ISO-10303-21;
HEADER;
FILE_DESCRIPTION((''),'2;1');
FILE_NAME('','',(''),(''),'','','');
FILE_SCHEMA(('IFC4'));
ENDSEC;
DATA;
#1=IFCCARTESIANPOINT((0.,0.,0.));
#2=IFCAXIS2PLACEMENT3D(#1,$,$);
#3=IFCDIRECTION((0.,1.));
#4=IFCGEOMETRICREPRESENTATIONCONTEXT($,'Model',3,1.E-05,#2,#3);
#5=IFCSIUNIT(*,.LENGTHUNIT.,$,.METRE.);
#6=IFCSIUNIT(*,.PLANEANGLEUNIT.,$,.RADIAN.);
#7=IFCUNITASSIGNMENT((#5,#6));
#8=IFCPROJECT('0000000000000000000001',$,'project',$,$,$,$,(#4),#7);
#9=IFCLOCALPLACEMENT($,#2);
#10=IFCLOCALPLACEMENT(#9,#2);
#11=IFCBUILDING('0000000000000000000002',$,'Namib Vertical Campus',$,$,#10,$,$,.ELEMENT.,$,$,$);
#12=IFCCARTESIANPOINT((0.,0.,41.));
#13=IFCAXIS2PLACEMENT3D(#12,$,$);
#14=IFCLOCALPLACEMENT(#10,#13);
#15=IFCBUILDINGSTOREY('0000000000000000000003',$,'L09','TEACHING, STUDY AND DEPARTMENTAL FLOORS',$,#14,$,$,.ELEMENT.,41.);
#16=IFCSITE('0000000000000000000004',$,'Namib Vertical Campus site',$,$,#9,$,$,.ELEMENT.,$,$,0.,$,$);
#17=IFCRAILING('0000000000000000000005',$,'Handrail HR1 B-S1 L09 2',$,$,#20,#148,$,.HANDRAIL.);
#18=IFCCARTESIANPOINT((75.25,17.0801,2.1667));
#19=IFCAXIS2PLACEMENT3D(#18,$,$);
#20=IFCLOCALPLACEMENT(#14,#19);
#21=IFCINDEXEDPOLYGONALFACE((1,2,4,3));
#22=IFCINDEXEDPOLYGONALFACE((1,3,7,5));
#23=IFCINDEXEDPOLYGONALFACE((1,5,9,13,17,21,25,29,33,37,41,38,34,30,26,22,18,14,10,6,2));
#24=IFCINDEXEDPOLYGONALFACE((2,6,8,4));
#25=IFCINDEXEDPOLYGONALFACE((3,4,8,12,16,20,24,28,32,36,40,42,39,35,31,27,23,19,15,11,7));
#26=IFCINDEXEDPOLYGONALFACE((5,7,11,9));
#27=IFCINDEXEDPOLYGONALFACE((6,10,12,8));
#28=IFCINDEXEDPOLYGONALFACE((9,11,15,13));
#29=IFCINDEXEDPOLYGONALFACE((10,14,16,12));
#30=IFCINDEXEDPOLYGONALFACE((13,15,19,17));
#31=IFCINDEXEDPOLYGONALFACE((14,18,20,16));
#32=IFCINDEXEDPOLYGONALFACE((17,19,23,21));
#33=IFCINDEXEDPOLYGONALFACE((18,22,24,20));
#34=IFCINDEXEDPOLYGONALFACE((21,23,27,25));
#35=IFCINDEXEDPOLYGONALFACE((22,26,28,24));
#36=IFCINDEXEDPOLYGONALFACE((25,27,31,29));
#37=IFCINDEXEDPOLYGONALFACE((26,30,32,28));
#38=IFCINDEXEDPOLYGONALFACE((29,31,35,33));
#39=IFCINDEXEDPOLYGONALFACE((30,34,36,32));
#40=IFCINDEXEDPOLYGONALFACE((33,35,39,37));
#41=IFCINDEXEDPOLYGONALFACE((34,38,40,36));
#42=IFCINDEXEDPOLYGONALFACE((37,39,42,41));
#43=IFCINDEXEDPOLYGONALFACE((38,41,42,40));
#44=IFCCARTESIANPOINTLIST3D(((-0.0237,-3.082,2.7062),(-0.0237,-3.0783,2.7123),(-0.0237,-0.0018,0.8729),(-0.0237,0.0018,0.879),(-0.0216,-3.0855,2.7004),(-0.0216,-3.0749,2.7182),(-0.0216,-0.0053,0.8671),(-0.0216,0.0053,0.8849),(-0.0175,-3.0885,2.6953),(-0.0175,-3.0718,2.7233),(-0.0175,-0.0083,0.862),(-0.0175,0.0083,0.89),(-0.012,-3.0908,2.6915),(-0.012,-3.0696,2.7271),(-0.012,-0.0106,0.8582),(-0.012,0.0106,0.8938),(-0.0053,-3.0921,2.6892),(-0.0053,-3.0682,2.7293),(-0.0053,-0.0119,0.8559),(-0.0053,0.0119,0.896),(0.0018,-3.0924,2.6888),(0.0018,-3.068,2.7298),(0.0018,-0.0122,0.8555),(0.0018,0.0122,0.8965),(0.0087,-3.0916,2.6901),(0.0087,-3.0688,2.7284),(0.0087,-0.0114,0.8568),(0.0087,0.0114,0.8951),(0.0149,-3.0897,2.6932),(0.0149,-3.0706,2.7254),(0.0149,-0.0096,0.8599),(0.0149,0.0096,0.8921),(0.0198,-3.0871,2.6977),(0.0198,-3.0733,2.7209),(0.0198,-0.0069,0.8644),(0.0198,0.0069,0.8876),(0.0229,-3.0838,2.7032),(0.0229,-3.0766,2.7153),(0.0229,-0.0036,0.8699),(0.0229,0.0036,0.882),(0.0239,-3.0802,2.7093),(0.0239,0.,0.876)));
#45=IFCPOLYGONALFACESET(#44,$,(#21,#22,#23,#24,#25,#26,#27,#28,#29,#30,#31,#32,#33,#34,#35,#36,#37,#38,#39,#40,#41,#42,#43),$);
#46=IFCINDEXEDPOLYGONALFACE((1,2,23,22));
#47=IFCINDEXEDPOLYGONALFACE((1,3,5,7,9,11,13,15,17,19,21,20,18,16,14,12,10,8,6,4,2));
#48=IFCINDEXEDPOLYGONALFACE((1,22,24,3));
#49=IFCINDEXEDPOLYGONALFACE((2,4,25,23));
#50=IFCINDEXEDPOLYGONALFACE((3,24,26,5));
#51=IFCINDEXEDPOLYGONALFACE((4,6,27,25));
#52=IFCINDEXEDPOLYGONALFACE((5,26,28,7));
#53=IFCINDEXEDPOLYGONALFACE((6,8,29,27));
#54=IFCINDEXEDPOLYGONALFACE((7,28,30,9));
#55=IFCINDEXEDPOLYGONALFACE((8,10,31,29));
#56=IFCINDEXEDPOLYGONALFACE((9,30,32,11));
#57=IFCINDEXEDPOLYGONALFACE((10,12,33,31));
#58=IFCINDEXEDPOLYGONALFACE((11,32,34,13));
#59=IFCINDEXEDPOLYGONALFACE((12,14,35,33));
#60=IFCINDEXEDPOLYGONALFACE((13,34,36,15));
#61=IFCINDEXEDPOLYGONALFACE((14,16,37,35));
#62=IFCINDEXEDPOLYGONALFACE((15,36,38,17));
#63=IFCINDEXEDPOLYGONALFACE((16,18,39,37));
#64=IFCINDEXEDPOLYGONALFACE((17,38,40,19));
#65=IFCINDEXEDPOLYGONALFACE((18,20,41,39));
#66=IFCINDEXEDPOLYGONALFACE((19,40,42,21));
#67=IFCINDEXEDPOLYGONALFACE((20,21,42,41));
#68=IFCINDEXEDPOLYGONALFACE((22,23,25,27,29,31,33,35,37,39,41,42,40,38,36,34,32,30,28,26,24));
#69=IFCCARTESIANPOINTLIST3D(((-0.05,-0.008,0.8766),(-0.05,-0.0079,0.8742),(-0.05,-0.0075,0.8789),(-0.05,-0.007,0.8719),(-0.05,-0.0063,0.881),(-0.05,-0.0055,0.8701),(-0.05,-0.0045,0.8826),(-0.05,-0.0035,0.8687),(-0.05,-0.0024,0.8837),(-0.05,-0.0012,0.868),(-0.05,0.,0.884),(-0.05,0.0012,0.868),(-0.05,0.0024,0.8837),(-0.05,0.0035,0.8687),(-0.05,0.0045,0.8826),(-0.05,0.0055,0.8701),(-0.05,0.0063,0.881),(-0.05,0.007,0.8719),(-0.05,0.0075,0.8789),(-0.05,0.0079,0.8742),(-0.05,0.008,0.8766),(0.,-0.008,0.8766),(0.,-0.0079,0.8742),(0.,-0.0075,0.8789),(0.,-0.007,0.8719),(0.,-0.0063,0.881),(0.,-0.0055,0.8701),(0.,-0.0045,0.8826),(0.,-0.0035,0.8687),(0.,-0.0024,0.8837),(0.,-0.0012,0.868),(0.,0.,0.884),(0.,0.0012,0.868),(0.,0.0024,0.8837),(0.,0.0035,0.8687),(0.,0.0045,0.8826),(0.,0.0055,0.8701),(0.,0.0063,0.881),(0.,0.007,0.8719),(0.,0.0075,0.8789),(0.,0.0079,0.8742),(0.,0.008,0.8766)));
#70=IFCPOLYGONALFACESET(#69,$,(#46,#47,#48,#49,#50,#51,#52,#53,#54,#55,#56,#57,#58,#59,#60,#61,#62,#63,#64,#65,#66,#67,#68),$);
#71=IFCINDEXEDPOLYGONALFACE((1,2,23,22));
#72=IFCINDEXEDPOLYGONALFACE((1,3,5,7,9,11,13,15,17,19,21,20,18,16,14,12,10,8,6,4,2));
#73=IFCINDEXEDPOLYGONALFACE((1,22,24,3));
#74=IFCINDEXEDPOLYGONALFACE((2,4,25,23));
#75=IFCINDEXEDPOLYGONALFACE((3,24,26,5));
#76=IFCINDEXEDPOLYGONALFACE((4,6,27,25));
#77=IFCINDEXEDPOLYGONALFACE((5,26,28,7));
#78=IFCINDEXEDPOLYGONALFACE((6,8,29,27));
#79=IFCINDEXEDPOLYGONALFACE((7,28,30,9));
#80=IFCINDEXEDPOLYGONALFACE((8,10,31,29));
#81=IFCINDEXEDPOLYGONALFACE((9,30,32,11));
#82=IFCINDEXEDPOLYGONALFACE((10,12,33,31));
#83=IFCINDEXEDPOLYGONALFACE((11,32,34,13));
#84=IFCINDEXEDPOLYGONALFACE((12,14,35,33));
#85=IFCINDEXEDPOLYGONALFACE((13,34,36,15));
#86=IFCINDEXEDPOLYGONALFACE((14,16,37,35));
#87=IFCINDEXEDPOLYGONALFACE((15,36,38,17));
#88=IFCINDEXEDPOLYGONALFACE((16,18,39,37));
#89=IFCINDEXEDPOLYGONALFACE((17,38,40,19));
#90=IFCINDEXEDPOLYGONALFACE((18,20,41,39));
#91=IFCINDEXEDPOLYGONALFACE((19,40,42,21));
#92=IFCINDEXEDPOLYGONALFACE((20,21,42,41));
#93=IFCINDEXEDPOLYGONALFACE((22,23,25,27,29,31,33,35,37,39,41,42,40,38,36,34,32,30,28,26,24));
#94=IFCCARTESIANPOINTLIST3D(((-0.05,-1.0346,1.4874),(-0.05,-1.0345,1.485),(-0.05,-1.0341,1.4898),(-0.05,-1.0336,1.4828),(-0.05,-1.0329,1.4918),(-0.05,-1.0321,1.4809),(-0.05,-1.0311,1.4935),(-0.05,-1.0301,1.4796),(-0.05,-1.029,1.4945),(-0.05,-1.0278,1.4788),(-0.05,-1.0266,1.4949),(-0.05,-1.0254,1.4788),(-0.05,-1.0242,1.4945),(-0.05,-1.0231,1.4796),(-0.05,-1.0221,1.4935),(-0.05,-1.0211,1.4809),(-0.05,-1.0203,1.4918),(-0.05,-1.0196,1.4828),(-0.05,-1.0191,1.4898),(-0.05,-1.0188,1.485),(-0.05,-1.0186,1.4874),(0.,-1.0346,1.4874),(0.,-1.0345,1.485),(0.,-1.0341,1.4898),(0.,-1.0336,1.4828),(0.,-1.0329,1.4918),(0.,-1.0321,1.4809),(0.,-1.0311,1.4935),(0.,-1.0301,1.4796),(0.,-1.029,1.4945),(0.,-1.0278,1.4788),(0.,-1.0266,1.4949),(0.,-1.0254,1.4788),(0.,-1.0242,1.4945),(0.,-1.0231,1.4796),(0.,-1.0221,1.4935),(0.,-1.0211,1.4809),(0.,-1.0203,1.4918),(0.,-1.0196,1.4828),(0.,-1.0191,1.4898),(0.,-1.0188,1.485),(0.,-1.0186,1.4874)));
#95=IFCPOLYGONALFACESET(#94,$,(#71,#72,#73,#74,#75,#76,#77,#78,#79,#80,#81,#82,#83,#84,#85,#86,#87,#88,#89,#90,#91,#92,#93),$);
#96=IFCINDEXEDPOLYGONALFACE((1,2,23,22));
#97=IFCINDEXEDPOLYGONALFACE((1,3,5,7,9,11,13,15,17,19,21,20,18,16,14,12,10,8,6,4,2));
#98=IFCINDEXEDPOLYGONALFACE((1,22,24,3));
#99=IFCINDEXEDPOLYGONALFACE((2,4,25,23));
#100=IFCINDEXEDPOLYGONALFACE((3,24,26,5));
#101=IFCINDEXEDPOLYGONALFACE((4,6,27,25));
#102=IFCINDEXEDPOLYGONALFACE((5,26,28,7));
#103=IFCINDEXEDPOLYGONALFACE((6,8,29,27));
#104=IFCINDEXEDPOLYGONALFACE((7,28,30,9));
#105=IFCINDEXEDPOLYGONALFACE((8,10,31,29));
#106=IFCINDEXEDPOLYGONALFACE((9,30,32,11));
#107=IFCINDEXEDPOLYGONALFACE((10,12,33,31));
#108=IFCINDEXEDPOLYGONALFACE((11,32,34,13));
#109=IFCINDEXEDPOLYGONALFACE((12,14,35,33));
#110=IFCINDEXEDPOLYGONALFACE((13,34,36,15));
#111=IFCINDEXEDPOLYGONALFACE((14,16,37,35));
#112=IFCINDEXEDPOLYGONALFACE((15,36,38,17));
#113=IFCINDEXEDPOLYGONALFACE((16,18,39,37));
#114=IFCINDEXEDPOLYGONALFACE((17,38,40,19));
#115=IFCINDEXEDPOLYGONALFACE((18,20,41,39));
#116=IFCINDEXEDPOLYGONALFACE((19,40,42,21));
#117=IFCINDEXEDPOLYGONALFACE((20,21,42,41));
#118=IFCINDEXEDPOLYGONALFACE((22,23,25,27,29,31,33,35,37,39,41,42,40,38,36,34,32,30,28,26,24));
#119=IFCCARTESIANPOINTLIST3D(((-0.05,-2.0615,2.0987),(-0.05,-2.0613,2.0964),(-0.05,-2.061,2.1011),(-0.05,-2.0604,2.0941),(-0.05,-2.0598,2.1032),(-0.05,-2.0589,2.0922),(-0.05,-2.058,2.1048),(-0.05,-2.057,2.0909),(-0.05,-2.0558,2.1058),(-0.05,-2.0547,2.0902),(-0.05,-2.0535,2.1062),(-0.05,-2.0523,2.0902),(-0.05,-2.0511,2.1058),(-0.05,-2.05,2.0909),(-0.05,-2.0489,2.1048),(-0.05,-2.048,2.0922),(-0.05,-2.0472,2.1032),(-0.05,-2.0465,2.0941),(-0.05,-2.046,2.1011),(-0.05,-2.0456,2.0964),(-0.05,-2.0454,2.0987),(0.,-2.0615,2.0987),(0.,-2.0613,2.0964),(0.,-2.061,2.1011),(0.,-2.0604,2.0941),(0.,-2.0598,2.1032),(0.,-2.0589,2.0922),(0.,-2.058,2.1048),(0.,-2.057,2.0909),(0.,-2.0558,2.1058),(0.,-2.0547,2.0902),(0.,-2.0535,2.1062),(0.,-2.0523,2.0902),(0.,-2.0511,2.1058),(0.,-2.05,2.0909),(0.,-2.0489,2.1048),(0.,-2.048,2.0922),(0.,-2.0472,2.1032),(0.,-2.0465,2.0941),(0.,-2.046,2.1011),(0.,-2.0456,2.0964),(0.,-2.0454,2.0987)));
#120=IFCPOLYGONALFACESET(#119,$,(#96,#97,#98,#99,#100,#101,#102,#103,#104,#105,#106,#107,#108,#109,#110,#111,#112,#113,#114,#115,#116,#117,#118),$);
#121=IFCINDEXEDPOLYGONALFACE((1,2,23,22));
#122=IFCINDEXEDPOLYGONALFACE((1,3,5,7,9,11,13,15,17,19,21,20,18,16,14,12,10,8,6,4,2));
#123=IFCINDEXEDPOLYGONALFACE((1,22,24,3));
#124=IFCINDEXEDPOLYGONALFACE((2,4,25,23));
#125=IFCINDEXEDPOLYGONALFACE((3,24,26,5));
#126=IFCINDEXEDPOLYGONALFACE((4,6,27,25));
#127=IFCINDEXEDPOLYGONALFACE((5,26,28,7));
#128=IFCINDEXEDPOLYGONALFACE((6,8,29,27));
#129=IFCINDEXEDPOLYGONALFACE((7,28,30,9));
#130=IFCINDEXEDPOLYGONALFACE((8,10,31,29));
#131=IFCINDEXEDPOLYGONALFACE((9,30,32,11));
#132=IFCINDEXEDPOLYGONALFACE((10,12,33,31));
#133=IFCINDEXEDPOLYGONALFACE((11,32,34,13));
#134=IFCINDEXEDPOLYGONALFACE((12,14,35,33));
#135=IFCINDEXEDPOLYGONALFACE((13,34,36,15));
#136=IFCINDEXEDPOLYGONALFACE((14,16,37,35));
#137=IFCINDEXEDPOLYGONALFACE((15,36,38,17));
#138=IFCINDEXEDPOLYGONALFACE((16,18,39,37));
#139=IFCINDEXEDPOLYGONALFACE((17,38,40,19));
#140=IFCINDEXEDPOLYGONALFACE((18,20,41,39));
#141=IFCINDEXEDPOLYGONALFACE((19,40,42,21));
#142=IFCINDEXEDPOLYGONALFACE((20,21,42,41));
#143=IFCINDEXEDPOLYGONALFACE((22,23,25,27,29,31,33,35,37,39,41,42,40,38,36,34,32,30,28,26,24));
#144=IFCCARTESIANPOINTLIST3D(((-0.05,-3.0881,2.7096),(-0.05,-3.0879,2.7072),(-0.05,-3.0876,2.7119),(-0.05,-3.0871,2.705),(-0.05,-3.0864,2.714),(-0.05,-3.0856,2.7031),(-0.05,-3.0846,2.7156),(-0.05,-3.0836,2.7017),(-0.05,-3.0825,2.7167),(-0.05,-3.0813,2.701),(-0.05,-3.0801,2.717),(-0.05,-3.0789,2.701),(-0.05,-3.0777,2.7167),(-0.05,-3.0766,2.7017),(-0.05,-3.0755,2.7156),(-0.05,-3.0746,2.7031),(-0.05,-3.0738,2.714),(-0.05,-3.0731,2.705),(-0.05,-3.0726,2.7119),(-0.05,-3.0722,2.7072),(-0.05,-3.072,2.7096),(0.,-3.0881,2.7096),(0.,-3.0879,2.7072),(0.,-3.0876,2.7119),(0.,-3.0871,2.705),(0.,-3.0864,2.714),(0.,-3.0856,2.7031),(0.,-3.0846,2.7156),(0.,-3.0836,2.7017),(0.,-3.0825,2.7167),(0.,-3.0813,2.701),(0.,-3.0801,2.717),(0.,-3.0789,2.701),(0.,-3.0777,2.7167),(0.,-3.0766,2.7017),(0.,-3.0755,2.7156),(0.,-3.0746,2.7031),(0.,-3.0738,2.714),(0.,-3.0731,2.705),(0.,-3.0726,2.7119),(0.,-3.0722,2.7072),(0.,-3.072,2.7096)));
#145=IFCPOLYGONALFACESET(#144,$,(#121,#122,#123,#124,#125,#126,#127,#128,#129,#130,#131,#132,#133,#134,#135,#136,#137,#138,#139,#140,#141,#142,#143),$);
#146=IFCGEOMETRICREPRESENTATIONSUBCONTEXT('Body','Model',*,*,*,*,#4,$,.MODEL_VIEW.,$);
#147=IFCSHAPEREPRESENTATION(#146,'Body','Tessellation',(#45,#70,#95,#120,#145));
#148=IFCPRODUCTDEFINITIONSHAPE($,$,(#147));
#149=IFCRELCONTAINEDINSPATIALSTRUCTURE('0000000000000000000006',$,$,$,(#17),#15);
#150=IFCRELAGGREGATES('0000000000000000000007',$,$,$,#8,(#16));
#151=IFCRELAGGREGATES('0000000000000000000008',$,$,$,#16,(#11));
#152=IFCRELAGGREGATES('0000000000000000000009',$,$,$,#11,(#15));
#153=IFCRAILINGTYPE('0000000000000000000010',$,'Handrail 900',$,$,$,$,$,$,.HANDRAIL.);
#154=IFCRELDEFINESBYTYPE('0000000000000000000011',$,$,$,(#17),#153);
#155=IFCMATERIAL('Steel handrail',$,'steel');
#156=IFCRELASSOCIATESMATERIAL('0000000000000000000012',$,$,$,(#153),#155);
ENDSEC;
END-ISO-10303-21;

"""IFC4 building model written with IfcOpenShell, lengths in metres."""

from ifc_helpers import new_model, si_unit, direction, frame, origin, origin_2d, place, context, subcontext, project, spatial, circle, extrude, material, type_object, element, save


model = new_model("IFC4")

# Units and contexts
model_context = context("Model", 3, precision=1e-05, world=origin(), true_north=direction((0.0, 1.0)))
body_context = subcontext(model_context, "Body", "Model", "MODEL_VIEW")
ifc_project = project(units=[si_unit("LENGTHUNIT", "METRE"), si_unit("PLANEANGLEUNIT", "RADIAN")], contexts=[model_context])

# Site, building, storey
site_placement = place(None, origin())
site = spatial("IfcSite", under=ifc_project, at=site_placement, Name="Namib Vertical Campus site", CompositionType="ELEMENT", RefElevation=0.0)
building_placement = place(site_placement, origin())
building = spatial("IfcBuilding", under=site, at=building_placement, Name="Namib Vertical Campus", CompositionType="ELEMENT")
storey_placement = place(building_placement, frame((0.0, 0.0, 41.0)))
storey = spatial("IfcBuildingStorey", under=building, at=storey_placement, Name="L09", Description="TEACHING, STUDY AND DEPARTMENTAL FLOORS", CompositionType="ELEMENT", Elevation=41.0)

# Railing
ifc_material_1 = material(Name="Steel handrail", Category="steel")
railing_type_1 = type_object("IfcRailingType", Name="Handrail 900", PredefinedType="HANDRAIL", material=ifc_material_1)
railing_1_placement = place(storey_placement, frame((75.25, 17.0801, 2.1667)))
element("IfcRailing", 1, at=railing_1_placement, inside=storey, type_object=railing_type_1, Name="Handrail HR1 B-S1 L09 2", PredefinedType="HANDRAIL", context=body_context, shape_type="SweptSolid", body=[
    extrude(circle(Radius=0.0239, at=origin_2d()), frame((0.0, 0.0, 0.876), z_axis=(0.0, -0.859309, 0.511458), x_axis=(1.0, 0.0, 0.0)), (0.0, 0.0, 1.0), 3.5845),
    extrude(circle(Radius=0.0081, at=origin_2d()), frame((0.0, 0.0, 0.876), z_axis=(-1.0, 0.0, 0.0), x_axis=(0.0, 0.0, 1.0)), (0.0, 0.0, 1.0), 0.05),
    extrude(circle(Radius=0.0081, at=origin_2d()), frame((0.0, -1.0266, 1.4868), z_axis=(-1.0, 0.0, 0.0), x_axis=(0.0, 0.0, 1.0)), (0.0, 0.0, 1.0), 0.05),
    extrude(circle(Radius=0.0081, at=origin_2d()), frame((0.0, -2.0535, 2.0981), z_axis=(-1.0, 0.0, 0.0), x_axis=(0.0, 0.0, 1.0)), (0.0, 0.0, 1.0), 0.05),
    extrude(circle(Radius=0.0081, at=origin_2d()), frame((0.0, -3.0801, 2.709), z_axis=(-1.0, 0.0, 0.0), x_axis=(0.0, 0.0, 1.0)), (0.0, 0.0, 1.0), 0.05),
])

save(model, "model.ifc")
